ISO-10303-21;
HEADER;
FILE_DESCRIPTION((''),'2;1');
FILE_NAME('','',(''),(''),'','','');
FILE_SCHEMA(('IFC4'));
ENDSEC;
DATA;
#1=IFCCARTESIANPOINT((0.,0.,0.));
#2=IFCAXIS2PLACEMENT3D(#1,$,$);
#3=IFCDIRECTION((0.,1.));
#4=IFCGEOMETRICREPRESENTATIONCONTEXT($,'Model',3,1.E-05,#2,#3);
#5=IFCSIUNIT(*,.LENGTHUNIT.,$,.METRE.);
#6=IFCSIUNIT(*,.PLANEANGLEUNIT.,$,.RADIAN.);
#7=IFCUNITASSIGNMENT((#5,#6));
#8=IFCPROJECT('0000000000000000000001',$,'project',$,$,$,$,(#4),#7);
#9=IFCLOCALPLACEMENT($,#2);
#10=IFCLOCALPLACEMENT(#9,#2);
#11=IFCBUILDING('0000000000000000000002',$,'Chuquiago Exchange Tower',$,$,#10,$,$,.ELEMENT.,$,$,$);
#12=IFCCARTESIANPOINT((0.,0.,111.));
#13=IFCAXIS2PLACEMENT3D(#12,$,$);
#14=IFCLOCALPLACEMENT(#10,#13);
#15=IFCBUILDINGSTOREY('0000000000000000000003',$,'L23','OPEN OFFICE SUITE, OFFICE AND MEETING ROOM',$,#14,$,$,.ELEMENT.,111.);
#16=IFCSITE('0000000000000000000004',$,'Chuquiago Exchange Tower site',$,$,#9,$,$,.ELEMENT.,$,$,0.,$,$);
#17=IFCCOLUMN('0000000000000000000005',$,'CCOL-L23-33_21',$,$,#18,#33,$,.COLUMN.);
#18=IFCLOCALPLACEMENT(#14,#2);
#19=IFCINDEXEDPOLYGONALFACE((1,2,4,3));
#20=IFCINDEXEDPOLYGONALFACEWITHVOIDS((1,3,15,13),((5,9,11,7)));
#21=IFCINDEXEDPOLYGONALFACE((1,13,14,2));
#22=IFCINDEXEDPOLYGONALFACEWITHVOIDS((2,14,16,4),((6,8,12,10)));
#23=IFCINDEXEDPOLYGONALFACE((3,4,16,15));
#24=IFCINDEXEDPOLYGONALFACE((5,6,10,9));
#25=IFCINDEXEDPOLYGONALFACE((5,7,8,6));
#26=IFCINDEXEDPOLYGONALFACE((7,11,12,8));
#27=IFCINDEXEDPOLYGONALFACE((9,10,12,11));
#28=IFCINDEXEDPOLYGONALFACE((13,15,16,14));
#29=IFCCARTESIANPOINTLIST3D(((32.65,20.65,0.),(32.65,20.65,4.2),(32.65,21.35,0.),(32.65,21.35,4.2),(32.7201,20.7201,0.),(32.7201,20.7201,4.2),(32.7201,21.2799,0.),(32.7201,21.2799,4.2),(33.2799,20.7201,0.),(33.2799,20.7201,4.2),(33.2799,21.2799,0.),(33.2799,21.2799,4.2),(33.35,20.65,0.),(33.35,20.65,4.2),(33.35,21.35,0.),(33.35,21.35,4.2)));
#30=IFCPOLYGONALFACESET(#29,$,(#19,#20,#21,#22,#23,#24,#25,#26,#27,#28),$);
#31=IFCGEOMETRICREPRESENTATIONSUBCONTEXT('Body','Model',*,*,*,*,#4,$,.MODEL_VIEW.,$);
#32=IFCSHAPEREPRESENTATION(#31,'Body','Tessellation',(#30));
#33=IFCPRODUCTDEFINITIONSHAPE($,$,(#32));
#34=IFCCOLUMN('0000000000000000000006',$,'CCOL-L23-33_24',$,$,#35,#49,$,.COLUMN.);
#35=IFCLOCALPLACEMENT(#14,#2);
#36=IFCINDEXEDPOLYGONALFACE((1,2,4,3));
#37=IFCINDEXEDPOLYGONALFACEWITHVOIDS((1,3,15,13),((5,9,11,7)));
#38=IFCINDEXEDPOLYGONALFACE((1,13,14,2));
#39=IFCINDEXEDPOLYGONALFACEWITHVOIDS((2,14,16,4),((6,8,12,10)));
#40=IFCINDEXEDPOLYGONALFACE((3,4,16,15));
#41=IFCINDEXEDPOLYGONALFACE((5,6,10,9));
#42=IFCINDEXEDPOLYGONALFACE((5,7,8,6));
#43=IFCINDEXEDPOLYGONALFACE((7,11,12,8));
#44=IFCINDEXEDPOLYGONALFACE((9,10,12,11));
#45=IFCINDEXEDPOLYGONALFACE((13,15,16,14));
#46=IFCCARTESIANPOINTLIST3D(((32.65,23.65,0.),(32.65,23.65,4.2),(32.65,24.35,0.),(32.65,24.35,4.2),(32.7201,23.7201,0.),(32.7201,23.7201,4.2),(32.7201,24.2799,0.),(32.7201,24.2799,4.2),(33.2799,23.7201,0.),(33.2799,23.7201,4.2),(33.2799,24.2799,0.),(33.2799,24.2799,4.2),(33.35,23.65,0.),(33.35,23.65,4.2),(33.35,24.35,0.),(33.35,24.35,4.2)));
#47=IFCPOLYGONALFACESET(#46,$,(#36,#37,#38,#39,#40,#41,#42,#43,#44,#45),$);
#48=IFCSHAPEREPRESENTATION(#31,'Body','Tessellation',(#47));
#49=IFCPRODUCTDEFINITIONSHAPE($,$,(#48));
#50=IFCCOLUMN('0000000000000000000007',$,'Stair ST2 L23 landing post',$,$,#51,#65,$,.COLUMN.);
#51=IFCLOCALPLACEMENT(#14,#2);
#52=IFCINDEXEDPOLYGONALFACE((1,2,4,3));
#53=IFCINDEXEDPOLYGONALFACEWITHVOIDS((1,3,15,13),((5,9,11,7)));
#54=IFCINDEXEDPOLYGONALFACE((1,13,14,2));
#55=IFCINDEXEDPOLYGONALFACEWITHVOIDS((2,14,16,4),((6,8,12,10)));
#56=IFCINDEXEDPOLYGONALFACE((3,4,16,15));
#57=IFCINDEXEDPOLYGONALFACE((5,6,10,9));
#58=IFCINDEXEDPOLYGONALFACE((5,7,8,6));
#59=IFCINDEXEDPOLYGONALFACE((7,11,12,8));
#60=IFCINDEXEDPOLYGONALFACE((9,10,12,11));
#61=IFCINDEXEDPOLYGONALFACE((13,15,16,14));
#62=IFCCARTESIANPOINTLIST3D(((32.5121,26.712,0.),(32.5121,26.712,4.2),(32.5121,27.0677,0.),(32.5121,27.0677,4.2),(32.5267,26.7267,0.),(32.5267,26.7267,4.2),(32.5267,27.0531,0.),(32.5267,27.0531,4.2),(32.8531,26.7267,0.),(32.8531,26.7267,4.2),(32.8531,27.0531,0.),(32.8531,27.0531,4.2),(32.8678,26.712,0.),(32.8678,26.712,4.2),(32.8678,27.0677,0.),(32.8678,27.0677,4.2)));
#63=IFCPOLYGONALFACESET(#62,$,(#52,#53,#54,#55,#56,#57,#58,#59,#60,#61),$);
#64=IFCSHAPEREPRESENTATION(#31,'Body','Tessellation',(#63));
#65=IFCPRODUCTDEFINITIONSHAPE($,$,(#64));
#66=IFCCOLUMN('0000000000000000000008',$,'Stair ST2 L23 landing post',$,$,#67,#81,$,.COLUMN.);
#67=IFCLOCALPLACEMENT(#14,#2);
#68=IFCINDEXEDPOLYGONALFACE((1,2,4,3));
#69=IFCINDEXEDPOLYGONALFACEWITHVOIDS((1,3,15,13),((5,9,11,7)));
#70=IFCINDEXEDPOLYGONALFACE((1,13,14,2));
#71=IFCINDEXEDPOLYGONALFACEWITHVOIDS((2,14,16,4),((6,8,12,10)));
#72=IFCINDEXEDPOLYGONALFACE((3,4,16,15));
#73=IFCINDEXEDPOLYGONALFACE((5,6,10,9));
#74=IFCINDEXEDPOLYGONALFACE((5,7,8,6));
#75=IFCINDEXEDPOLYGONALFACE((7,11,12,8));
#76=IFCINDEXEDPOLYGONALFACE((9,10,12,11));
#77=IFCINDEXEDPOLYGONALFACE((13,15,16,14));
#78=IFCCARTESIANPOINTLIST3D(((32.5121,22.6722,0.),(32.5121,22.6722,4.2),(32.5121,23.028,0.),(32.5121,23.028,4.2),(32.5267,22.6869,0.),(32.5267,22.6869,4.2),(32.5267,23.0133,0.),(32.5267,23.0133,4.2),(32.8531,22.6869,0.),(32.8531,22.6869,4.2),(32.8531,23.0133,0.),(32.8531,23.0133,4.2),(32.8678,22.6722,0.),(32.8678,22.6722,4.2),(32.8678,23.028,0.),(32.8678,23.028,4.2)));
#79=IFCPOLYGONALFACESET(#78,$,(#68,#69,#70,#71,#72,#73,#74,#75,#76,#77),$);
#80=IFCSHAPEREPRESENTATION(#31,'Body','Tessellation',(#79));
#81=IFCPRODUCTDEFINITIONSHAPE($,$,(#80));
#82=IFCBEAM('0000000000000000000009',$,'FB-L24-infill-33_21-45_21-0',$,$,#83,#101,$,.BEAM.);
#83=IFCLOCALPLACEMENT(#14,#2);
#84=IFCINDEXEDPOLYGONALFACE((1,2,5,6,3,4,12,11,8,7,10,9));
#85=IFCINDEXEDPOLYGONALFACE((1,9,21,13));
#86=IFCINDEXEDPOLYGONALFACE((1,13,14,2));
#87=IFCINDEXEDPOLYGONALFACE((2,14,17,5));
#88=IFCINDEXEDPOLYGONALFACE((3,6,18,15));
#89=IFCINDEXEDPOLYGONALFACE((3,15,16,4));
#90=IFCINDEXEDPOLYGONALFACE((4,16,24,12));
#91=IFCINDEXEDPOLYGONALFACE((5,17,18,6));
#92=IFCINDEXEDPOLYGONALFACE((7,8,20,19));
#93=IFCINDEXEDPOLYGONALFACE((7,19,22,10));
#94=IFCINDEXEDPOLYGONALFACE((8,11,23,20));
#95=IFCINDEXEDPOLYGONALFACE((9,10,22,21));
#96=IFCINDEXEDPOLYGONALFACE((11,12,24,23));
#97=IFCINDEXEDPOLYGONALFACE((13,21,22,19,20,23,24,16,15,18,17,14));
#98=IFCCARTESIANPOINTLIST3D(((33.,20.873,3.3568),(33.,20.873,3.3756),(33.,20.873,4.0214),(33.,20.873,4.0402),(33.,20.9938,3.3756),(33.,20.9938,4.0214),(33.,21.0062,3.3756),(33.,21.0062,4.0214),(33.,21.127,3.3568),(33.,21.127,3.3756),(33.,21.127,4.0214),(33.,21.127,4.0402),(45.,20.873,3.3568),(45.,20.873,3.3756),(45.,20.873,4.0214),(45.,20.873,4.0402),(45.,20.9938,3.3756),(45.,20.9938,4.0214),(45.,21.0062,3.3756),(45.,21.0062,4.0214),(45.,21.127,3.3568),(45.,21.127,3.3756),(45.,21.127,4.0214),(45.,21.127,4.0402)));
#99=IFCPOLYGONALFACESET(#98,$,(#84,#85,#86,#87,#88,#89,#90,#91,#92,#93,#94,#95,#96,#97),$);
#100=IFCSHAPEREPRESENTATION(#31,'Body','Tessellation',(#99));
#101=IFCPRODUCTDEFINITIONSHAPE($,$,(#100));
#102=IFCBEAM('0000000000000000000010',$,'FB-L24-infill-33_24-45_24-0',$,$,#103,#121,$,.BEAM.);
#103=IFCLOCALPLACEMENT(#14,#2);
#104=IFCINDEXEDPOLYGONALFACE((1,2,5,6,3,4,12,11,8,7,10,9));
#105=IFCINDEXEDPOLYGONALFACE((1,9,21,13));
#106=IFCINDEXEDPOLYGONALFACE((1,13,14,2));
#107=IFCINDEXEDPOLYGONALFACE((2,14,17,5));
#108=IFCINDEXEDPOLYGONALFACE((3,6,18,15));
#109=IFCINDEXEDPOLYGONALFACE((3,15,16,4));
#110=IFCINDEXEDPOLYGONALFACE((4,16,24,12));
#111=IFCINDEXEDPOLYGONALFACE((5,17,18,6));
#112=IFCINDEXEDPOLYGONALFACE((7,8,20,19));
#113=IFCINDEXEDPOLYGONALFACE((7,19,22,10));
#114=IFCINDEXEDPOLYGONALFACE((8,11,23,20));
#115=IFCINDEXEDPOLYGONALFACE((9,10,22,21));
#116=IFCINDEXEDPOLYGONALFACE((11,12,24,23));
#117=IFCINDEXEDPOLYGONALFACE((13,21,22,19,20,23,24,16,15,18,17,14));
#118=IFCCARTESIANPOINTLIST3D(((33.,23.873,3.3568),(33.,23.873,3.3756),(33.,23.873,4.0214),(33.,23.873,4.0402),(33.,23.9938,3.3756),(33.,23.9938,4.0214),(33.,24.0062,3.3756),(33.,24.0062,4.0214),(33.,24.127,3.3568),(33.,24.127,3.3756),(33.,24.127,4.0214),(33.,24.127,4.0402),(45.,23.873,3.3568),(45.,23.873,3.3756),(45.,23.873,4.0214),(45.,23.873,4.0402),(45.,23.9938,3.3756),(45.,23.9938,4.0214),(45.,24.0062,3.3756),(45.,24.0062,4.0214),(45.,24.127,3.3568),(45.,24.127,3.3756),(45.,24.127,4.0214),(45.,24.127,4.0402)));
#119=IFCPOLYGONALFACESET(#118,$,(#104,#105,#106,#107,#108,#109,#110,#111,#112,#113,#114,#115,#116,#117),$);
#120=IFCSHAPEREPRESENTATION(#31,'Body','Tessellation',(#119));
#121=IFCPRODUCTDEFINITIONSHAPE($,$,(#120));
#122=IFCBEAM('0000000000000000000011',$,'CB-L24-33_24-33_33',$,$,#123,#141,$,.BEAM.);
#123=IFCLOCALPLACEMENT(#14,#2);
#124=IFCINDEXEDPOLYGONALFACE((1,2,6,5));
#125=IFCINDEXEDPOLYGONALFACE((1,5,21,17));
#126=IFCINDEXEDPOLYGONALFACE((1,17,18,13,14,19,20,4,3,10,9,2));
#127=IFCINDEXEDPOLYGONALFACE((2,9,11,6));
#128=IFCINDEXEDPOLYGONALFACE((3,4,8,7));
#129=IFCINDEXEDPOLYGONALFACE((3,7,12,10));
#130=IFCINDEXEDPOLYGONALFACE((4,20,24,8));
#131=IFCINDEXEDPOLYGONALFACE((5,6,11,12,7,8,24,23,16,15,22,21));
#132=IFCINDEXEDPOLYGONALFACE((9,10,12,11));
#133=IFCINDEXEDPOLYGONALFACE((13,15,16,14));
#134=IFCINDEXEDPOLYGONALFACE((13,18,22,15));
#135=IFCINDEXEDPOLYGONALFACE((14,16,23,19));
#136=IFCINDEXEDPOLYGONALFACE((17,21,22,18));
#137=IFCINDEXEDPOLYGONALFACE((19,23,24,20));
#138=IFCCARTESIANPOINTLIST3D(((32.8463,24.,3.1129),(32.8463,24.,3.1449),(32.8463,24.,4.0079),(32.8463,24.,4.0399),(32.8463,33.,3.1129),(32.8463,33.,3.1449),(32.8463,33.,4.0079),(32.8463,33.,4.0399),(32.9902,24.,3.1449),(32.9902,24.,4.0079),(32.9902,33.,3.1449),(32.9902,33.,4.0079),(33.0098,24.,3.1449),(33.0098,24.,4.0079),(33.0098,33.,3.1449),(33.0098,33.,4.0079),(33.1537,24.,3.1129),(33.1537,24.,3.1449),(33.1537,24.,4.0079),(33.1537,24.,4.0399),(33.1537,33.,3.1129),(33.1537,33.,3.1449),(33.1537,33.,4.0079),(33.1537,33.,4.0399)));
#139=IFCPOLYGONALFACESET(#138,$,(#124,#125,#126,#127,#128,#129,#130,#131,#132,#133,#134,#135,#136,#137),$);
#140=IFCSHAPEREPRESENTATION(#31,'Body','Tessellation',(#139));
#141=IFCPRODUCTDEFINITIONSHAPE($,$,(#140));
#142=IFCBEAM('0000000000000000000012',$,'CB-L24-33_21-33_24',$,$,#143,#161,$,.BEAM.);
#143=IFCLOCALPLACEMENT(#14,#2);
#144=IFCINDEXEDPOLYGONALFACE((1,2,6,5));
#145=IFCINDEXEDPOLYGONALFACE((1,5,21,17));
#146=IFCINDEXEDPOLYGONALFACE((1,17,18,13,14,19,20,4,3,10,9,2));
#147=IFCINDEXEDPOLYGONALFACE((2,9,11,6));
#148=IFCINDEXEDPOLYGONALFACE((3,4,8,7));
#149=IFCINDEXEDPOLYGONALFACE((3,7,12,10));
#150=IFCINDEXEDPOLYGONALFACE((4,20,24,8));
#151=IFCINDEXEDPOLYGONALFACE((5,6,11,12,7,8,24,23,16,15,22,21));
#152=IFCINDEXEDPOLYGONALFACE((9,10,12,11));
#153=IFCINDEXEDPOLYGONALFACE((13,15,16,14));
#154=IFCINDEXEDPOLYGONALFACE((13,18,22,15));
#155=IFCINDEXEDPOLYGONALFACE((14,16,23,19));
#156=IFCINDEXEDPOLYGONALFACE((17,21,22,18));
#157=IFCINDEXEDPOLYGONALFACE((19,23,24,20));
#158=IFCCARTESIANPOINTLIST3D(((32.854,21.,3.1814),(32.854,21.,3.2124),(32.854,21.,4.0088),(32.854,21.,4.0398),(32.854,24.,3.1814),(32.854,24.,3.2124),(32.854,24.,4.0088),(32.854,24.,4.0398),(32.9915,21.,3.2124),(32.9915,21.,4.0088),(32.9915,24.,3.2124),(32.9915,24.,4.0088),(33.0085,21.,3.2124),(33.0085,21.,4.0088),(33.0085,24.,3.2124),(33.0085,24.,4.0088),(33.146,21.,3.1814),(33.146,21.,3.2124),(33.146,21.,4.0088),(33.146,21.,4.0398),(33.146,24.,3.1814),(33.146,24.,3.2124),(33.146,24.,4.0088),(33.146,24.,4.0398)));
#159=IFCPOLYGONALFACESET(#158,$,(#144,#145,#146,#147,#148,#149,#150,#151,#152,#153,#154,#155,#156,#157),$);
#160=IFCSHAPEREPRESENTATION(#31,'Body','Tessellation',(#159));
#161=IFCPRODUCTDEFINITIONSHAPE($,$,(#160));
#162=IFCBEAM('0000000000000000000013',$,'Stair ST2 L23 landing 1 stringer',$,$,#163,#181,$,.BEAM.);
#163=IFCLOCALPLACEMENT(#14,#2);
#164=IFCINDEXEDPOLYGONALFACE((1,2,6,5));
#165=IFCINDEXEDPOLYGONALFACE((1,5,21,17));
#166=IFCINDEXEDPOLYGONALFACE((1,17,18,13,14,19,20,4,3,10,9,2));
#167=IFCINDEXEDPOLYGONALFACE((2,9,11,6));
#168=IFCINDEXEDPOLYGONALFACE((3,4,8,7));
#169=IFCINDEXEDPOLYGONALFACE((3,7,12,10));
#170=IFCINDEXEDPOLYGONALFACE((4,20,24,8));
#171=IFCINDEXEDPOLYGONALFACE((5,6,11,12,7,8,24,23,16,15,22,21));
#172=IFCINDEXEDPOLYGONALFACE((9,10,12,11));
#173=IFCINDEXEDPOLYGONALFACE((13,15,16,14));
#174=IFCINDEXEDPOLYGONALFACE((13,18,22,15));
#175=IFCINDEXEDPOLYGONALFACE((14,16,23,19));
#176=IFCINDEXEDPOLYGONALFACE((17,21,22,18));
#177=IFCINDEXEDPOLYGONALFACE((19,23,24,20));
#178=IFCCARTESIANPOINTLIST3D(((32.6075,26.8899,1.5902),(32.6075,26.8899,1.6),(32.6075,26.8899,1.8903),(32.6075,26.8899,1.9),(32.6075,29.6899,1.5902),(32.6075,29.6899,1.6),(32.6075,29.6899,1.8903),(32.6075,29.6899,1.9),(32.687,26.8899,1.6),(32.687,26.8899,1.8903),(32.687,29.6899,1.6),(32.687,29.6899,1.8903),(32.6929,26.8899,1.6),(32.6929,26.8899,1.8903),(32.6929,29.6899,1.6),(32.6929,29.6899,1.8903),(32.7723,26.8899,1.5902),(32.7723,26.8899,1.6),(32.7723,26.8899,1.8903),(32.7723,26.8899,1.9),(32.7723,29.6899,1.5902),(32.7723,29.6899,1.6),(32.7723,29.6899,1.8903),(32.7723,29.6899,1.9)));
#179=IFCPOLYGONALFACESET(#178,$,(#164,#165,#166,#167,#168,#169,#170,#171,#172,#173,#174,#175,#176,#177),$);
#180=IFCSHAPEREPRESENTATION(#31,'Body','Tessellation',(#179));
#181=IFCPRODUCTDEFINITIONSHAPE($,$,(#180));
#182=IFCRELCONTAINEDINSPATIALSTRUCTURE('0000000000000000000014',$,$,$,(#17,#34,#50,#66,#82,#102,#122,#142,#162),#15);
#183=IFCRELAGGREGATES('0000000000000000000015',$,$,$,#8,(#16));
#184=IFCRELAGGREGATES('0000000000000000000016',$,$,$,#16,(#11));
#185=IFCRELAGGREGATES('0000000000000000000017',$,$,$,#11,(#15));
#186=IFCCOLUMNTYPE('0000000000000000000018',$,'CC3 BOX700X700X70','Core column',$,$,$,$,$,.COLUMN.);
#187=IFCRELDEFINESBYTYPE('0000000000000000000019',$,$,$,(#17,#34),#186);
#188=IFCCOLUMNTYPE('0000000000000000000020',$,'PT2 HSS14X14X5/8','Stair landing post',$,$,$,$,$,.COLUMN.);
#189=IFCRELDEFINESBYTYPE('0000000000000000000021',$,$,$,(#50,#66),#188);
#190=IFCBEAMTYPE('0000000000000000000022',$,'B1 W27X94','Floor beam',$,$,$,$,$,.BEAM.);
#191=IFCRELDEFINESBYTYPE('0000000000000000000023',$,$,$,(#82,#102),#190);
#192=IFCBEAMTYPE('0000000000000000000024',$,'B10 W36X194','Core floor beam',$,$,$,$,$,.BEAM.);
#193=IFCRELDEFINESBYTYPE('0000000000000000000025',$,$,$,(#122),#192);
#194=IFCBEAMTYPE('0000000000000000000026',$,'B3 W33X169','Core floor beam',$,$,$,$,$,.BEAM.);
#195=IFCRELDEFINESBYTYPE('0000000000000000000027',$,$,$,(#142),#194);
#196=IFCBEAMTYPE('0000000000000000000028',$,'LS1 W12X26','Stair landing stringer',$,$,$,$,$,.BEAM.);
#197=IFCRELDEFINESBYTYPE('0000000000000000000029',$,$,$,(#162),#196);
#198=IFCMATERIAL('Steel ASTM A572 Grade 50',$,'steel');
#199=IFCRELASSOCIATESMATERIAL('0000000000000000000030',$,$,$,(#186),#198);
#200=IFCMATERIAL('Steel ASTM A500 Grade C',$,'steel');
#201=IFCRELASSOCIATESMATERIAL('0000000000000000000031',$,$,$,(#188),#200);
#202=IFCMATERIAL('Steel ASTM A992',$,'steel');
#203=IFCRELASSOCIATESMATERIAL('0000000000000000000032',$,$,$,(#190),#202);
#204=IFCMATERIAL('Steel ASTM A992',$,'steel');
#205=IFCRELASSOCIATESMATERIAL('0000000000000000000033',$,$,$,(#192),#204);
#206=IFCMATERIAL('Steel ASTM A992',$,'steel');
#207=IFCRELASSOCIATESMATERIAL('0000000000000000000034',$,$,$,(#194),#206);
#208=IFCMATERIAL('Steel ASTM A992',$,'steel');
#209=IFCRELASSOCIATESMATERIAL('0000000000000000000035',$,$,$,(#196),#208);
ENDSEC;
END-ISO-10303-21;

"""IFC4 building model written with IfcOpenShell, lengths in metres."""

from ifc_helpers import new_model, si_unit, direction, frame, origin, origin_2d, place, context, subcontext, project, spatial, hollow_rectangle, i_section, extrude, material, material_profile, profile_set, type_object, element, save


model = new_model("IFC4")

# Units and contexts
model_context = context("Model", 3, precision=1e-05, world=origin(), true_north=direction((0.0, 1.0)))
body_context = subcontext(model_context, "Body", "Model", "MODEL_VIEW")
ifc_project = project(units=[si_unit("LENGTHUNIT", "METRE"), si_unit("PLANEANGLEUNIT", "RADIAN")], contexts=[model_context])

# Site, building, storey
site_placement = place(None, origin())
site = spatial("IfcSite", under=ifc_project, at=site_placement, Name="Chuquiago Exchange Tower site", CompositionType="ELEMENT", RefElevation=0.0)
building_placement = place(site_placement, origin())
building = spatial("IfcBuilding", under=site, at=building_placement, Name="Chuquiago Exchange Tower", CompositionType="ELEMENT")
storey_placement = place(building_placement, frame((0.0, 0.0, 111.0)))
storey = spatial("IfcBuildingStorey", under=building, at=storey_placement, Name="L23", Description="OPEN OFFICE SUITE, OFFICE AND MEETING ROOM", CompositionType="ELEMENT", Elevation=111.0)

# Columns
ifc_material_1 = material(Name="Steel ASTM A572 Grade 50", Category="steel")
ifc_material_profile_1 = material_profile(ifc_material_1, hollow_rectangle(XDim=0.7, YDim=0.7, WallThickness=0.0701, at=origin_2d()), Name="BOX700X700X70")
ifc_profile_set_1 = profile_set([ifc_material_profile_1], Name="Steel ASTM A572 Grade 50")
column_type_1 = type_object("IfcColumnType", Name="CC3 BOX700X700X70", Description="Core column", PredefinedType="COLUMN", material=ifc_profile_set_1)
for number, where, z_axis, x_axis, name in (
    (1, (33.0, 21.0, 0.0), (0.0, 0.0, 1.0), (1.0, 0.0, 0.0), "CCOL-L23-33_21"),
    (2, (33.0, 24.0, 0.0), (0.0, 0.0, 1.0), (1.0, 0.0, 0.0), "CCOL-L23-33_24"),
):
    element("IfcColumn", number, at=place(storey_placement, frame(where, z_axis=z_axis, x_axis=x_axis)), inside=storey, type_object=column_type_1, Name=name, PredefinedType="COLUMN", context=body_context, shape_type="SweptSolid", body=[
        extrude(hollow_rectangle(XDim=0.7, YDim=0.7, WallThickness=0.0701, at=origin_2d()), origin(), (0.0, 0.0, 1.0), 4.2),
    ])
ifc_material_2 = material(Name="Steel ASTM A500 Grade C", Category="steel")
ifc_material_profile_2 = material_profile(ifc_material_2, hollow_rectangle(XDim=0.3557, YDim=0.3557, WallThickness=0.0146, at=origin_2d()), Name="HSS14X14X5/8")
ifc_profile_set_2 = profile_set([ifc_material_profile_2], Name="Steel ASTM A500 Grade C")
column_type_2 = type_object("IfcColumnType", Name="PT2 HSS14X14X5/8", Description="Stair landing post", PredefinedType="COLUMN", material=ifc_profile_set_2)
for number, where, z_axis, x_axis, name in (
    (3, (32.6899, 26.8899, 0.0), (0.0, 0.0, 1.0), (1.0, 0.0, 0.0), "Stair ST2 L23 landing post"),
    (4, (32.6899, 22.8501, 0.0), (0.0, 0.0, 1.0), (1.0, 0.0, 0.0), "Stair ST2 L23 landing post"),
):
    element("IfcColumn", number, at=place(storey_placement, frame(where, z_axis=z_axis, x_axis=x_axis)), inside=storey, type_object=column_type_2, Name=name, PredefinedType="COLUMN", context=body_context, shape_type="SweptSolid", body=[
        extrude(hollow_rectangle(XDim=0.3557, YDim=0.3557, WallThickness=0.0146, at=origin_2d()), origin(), (0.0, 0.0, 1.0), 4.2),
    ])

# Beams
ifc_material_3 = material(Name="Steel ASTM A992", Category="steel")
ifc_material_profile_3 = material_profile(ifc_material_3, i_section(OverallWidth=0.2539, OverallDepth=0.6833, WebThickness=0.0125, FlangeThickness=0.0188, at=origin_2d()), Name="W27X94")
ifc_profile_set_3 = profile_set([ifc_material_profile_3], Name="Steel ASTM A992")
beam_type_1 = type_object("IfcBeamType", Name="B1 W27X94", Description="Floor beam", PredefinedType="BEAM", material=ifc_profile_set_3)
for number, where, z_axis, x_axis, name in (
    (5, (33.0, 21.0, 3.6985), (1.0, 0.0, 0.0), (0.0, 1.0, 0.0), "FB-L24-infill-33_21-45_21-0"),
    (6, (33.0, 24.0, 3.6985), (1.0, 0.0, 0.0), (0.0, 1.0, 0.0), "FB-L24-infill-33_24-45_24-0"),
):
    element("IfcBeam", number, at=place(storey_placement, frame(where, z_axis=z_axis, x_axis=x_axis)), inside=storey, type_object=beam_type_1, Name=name, PredefinedType="BEAM", context=body_context, shape_type="SweptSolid", body=[
        extrude(i_section(OverallWidth=0.2539, OverallDepth=0.6833, WebThickness=0.0125, FlangeThickness=0.0188, at=origin_2d()), origin(), (0.0, 0.0, 1.0), 12.0),
    ])
ifc_material_4 = material(Name="Steel ASTM A992", Category="steel")
ifc_material_profile_4 = material_profile(ifc_material_4, i_section(OverallWidth=0.3074, OverallDepth=0.927, WebThickness=0.0195, FlangeThickness=0.032, at=origin_2d()), Name="W36X194")
ifc_profile_set_4 = profile_set([ifc_material_profile_4], Name="Steel ASTM A992")
beam_type_2 = type_object("IfcBeamType", Name="B10 W36X194", Description="Core floor beam", PredefinedType="BEAM", material=ifc_profile_set_4)
beam_1_placement = place(storey_placement, frame((33.0, 24.0, 3.5764), z_axis=(0.0, 1.0, 0.0), x_axis=(-1.0, 0.0, 0.0)))
element("IfcBeam", 7, at=beam_1_placement, inside=storey, type_object=beam_type_2, Name="CB-L24-33_24-33_33", PredefinedType="BEAM", context=body_context, shape_type="SweptSolid", body=[
    extrude(i_section(OverallWidth=0.3074, OverallDepth=0.927, WebThickness=0.0195, FlangeThickness=0.032, at=origin_2d()), origin(), (0.0, 0.0, 1.0), 9.0),
])
ifc_material_5 = material(Name="Steel ASTM A992", Category="steel")
ifc_material_profile_5 = material_profile(ifc_material_5, i_section(OverallWidth=0.292, OverallDepth=0.8584, WebThickness=0.0171, FlangeThickness=0.031, at=origin_2d()), Name="W33X169")
ifc_profile_set_5 = profile_set([ifc_material_profile_5], Name="Steel ASTM A992")
beam_type_3 = type_object("IfcBeamType", Name="B3 W33X169", Description="Core floor beam", PredefinedType="BEAM", material=ifc_profile_set_5)
beam_2_placement = place(storey_placement, frame((33.0, 21.0, 3.6106), z_axis=(0.0, 1.0, 0.0), x_axis=(-1.0, 0.0, 0.0)))
element("IfcBeam", 8, at=beam_2_placement, inside=storey, type_object=beam_type_3, Name="CB-L24-33_21-33_24", PredefinedType="BEAM", context=body_context, shape_type="SweptSolid", body=[
    extrude(i_section(OverallWidth=0.292, OverallDepth=0.8584, WebThickness=0.0171, FlangeThickness=0.031, at=origin_2d()), origin(), (0.0, 0.0, 1.0), 3.0),
])
ifc_material_6 = material(Name="Steel ASTM A992", Category="steel")
ifc_material_profile_6 = material_profile(ifc_material_6, i_section(OverallWidth=0.1648, OverallDepth=0.3098, WebThickness=0.0059, FlangeThickness=0.0098, at=origin_2d()), Name="W12X26")
ifc_profile_set_6 = profile_set([ifc_material_profile_6], Name="Steel ASTM A992")
beam_type_4 = type_object("IfcBeamType", Name="LS1 W12X26", Description="Stair landing stringer", PredefinedType="BEAM", material=ifc_profile_set_6)
beam_3_placement = place(storey_placement, frame((32.6899, 26.8899, 1.7451), z_axis=(0.0, 1.0, 0.0), x_axis=(-1.0, 0.0, 0.0)))
element("IfcBeam", 9, at=beam_3_placement, inside=storey, type_object=beam_type_4, Name="Stair ST2 L23 landing 1 stringer", PredefinedType="BEAM", context=body_context, shape_type="SweptSolid", body=[
    extrude(i_section(OverallWidth=0.1648, OverallDepth=0.3098, WebThickness=0.0059, FlangeThickness=0.0098, at=origin_2d()), origin(), (0.0, 0.0, 1.0), 2.8),
])

save(model, "model.ifc")
